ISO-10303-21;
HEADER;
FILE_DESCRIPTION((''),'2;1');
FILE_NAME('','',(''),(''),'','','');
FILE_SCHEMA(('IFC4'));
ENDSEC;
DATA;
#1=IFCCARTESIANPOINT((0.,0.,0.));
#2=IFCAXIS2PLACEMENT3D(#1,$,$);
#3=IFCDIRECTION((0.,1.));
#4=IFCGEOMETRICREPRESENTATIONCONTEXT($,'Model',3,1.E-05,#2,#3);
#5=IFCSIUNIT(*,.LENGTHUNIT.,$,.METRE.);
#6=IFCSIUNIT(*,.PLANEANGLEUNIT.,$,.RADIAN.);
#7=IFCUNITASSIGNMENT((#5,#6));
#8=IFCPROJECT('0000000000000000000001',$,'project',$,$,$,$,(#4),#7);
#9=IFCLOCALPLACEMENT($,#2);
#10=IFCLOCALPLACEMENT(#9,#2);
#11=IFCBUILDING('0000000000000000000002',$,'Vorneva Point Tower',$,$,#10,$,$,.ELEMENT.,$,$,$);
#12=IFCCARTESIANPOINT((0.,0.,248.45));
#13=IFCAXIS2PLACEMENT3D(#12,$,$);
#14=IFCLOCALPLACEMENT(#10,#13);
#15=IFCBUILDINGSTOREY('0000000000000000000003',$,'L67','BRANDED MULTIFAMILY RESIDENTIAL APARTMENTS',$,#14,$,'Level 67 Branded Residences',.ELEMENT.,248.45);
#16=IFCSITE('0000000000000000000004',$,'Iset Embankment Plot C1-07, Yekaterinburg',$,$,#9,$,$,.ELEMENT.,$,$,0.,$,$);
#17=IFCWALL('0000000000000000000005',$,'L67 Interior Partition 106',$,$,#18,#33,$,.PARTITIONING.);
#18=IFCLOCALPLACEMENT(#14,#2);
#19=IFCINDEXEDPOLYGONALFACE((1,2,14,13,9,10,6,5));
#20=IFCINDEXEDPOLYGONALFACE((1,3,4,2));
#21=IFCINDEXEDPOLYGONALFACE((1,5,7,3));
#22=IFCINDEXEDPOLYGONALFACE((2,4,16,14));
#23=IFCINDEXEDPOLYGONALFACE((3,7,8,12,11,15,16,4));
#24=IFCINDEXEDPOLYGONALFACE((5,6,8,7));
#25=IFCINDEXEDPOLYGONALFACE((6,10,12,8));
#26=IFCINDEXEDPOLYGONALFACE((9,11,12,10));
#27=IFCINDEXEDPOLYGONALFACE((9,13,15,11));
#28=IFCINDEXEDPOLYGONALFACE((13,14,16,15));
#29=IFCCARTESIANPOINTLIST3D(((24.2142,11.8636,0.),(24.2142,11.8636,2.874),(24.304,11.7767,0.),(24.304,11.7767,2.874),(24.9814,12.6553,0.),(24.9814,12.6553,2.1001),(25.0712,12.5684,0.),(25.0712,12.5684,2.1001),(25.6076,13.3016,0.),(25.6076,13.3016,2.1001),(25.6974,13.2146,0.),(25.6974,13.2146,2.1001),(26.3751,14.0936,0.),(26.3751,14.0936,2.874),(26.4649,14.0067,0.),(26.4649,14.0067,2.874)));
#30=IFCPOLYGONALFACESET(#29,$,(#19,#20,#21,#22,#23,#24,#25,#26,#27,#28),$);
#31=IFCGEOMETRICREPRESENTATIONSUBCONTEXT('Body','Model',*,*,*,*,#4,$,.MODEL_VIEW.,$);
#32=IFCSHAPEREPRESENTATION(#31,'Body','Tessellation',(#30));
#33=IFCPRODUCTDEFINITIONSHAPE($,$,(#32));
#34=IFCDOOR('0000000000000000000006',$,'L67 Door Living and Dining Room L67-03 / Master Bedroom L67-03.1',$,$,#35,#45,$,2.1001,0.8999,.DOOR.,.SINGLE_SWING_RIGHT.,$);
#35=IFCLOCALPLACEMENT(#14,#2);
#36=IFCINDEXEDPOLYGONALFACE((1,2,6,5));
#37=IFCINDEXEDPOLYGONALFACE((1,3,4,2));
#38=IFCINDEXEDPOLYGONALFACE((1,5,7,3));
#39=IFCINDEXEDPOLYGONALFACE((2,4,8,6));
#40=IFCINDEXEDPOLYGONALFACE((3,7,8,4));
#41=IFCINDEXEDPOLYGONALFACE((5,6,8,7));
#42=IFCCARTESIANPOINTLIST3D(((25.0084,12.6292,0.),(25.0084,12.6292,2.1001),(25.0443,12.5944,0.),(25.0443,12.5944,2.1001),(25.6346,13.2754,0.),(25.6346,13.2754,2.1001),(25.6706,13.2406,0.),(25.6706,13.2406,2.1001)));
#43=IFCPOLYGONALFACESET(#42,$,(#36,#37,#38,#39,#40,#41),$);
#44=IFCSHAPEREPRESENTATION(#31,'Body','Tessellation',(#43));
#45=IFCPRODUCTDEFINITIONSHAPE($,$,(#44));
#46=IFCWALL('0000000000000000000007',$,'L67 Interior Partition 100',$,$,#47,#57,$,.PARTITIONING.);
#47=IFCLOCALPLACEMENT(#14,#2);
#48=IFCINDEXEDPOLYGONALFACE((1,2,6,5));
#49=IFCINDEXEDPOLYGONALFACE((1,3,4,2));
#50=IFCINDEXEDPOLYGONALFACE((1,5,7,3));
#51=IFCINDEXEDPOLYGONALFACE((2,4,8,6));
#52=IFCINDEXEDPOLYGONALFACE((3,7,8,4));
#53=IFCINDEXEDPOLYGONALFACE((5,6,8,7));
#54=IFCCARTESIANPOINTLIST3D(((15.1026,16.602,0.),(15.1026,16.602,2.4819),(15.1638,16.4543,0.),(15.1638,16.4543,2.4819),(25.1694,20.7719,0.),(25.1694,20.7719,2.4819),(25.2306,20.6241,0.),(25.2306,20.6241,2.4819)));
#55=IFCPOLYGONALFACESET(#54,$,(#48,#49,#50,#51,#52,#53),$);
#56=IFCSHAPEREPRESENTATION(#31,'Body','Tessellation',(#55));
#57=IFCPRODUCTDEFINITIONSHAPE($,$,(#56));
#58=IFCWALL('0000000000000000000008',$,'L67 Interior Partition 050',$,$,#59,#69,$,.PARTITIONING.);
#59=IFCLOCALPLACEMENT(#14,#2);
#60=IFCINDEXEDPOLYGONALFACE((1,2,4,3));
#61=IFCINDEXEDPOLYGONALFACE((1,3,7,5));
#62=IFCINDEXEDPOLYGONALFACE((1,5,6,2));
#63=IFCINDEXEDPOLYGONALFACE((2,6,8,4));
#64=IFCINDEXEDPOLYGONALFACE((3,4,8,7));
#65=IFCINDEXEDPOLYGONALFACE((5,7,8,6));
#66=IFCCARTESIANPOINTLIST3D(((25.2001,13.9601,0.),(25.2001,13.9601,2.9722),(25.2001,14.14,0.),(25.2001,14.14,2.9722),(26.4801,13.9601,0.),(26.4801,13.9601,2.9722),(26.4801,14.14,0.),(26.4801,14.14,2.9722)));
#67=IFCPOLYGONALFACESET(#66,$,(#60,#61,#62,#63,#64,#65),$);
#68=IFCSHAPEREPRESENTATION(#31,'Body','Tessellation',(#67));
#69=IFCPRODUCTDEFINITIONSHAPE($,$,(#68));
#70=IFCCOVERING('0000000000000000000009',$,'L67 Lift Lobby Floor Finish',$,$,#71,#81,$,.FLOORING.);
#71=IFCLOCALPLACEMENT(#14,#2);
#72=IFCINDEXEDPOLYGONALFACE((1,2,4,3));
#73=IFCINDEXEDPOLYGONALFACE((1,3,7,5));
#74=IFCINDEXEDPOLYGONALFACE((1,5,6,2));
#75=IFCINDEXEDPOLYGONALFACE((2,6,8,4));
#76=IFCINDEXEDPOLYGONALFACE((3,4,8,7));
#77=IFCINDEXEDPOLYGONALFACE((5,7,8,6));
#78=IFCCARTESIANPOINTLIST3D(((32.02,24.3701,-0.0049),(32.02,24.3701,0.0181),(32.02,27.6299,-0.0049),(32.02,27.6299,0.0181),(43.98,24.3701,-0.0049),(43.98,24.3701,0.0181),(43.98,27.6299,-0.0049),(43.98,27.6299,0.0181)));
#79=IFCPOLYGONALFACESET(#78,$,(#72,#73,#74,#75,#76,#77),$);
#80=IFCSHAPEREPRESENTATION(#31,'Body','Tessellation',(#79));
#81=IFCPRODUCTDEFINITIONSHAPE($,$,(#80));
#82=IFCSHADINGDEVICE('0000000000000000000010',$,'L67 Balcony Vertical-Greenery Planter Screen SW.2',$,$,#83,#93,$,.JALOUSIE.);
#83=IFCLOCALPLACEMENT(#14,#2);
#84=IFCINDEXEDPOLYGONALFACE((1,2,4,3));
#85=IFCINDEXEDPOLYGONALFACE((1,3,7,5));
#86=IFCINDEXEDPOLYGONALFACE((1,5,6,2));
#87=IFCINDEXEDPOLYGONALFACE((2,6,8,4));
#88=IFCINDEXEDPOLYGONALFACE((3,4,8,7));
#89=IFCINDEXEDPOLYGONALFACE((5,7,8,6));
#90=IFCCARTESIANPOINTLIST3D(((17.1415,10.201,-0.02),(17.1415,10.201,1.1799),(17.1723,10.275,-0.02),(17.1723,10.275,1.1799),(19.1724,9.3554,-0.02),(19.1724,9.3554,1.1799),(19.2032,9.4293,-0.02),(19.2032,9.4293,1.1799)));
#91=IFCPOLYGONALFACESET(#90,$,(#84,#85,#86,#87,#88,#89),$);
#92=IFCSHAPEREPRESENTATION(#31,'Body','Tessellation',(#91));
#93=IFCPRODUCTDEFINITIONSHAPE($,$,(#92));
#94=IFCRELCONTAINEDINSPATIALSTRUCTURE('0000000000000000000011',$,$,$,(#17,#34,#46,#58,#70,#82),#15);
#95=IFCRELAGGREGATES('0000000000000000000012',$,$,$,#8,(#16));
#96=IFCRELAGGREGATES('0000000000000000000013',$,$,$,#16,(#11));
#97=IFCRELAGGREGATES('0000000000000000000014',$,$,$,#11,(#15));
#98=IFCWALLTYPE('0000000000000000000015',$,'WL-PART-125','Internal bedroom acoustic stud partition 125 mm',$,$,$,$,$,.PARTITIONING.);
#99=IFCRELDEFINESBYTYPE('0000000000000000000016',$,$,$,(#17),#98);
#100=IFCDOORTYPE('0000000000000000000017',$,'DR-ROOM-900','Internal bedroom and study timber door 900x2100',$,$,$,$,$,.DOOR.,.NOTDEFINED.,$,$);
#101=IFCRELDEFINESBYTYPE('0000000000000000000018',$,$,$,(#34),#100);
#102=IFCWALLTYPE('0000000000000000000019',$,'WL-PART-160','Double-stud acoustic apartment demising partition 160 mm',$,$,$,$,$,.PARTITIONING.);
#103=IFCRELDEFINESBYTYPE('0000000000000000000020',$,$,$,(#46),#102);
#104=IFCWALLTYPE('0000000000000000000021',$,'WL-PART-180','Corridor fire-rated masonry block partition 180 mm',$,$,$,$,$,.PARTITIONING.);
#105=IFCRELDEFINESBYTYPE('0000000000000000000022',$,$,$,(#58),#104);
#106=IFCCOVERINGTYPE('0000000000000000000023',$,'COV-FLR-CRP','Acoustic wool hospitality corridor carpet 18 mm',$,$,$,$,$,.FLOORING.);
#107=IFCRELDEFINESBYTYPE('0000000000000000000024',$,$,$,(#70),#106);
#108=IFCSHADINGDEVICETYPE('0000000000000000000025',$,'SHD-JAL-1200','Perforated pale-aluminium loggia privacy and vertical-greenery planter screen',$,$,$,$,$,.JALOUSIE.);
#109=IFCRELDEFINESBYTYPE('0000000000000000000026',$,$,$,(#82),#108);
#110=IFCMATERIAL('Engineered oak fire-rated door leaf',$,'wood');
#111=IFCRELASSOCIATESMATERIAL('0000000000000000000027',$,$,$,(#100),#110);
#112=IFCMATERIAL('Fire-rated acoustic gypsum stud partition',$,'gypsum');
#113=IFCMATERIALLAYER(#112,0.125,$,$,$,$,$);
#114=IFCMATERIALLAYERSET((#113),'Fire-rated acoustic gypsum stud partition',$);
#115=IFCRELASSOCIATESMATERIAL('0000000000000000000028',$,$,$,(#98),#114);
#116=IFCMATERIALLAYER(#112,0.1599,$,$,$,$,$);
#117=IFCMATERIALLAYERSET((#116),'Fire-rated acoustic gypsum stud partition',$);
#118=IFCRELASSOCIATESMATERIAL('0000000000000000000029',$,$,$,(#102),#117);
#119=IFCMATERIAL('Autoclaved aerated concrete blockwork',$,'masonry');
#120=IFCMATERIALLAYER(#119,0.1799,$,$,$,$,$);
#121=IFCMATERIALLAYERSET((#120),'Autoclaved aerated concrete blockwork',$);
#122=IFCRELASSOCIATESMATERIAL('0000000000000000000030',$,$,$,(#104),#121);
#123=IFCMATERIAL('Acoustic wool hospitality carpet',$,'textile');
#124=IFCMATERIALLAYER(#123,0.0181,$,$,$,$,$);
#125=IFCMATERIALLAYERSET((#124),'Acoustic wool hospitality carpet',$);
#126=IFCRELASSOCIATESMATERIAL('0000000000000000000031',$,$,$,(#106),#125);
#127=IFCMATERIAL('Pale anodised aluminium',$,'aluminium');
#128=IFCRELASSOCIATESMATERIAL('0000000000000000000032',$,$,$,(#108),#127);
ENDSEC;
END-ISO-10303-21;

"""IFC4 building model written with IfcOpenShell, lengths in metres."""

from ifc_helpers import new_model, si_unit, direction, frame, frame_2d, origin, origin_2d, place, context, subcontext, project, spatial, polyline, rectangle, outline, extrude, material, layer, layer_set, type_object, element, fill, save


model = new_model("IFC4")

# Units and contexts
model_context = context("Model", 3, precision=1e-05, world=origin(), true_north=direction((0.0, 1.0)))
body_context = subcontext(model_context, "Body", "Model", "MODEL_VIEW")
ifc_project = project(units=[si_unit("LENGTHUNIT", "METRE"), si_unit("PLANEANGLEUNIT", "RADIAN")], contexts=[model_context])

# Site, building, storey
site_placement = place(None, origin())
site = spatial("IfcSite", under=ifc_project, at=site_placement, Name="Iset Embankment Plot C1-07, Yekaterinburg", CompositionType="ELEMENT", RefElevation=0.0)
building_placement = place(site_placement, origin())
building = spatial("IfcBuilding", under=site, at=building_placement, Name="Vorneva Point Tower", CompositionType="ELEMENT")
storey_placement = place(building_placement, frame((0.0, 0.0, 248.45)))
storey = spatial("IfcBuildingStorey", under=building, at=storey_placement, Name="L67", Description="BRANDED MULTIFAMILY RESIDENTIAL APARTMENTS", LongName="Level 67 Branded Residences", CompositionType="ELEMENT", Elevation=248.45)

# Shared definitions
ifc_material_1 = material(Name="Pale anodised aluminium", Category="aluminium")

# Shared definitions
ifc_material_2 = material(Name="Fire-rated acoustic gypsum stud partition", Category="gypsum")

# Shared definitions
ifc_material_3 = material(Name="Engineered oak fire-rated door leaf", Category="wood")
door_type_1 = type_object("IfcDoorType", Name="DR-ROOM-900", Description="Internal bedroom and study timber door 900x2100", OperationType="NOTDEFINED", PredefinedType="DOOR", material=ifc_material_3)

# Wall, opening, door
ifc_layer_1 = layer(ifc_material_2, 0.125)
ifc_layer_set_1 = layer_set([ifc_layer_1], Name="Fire-rated acoustic gypsum stud partition")
wall_type_1 = type_object("IfcWallType", Name="WL-PART-125", Description="Internal bedroom acoustic stud partition 125 mm", PredefinedType="PARTITIONING", material=ifc_layer_set_1)
wall_1_placement = place(storey_placement, frame((24.259, 11.8201, 0.0), z_axis=(0.0, 0.0, 1.0), x_axis=(0.695894, 0.718144, 0.0)))
wall_1 = element("IfcWall", 1, at=wall_1_placement, inside=storey, type_object=wall_type_1, Name="L67 Interior Partition 106", PredefinedType="PARTITIONING", context=body_context, shape_type="SweptSolid", body=[
    extrude(rectangle(XDim=3.1052, YDim=0.125, at=frame_2d((1.5527, 0.0))), origin(), (0.0, 0.0, 1.0), 2.874),
])
opening_1_placement = place(wall_1_placement, frame((1.1025, 0.0, 0.0)))
opening_1 = element("IfcOpeningElement", 2, at=opening_1_placement, cuts=wall_1, PredefinedType="OPENING", context=body_context, shape_type="SweptSolid", body=[
    extrude(rectangle(XDim=0.8999, YDim=2.1001, at=frame_2d((0.45, 1.05))), frame((0.0, 0.0774, 0.0), z_axis=(0.0, -1.0, 0.0), x_axis=(1.0, 0.0, 0.0)), (0.0, 0.0, 1.0), 0.1548),
])
door_1_placement = place(opening_1_placement, origin())
door_1 = element("IfcDoor", 3, at=door_1_placement, inside=storey, type_object=door_type_1, Name="L67 Door Living and Dining Room L67-03 / Master Bedroom L67-03.1", OperationType="SINGLE_SWING_RIGHT", OverallHeight=2.1001, OverallWidth=0.8999, PredefinedType="DOOR", context=body_context, shape_type="SweptSolid", body=[
    extrude(rectangle(XDim=0.8999, YDim=2.1001, at=frame_2d((0.45, 1.05))), frame((0.0, 0.0249, 0.0), z_axis=(0.0, -1.0, 0.0), x_axis=(1.0, 0.0, 0.0)), (0.0, 0.0, 1.0), 0.05),
])
fill(opening_1, door_1)

# Walls
ifc_layer_2 = layer(ifc_material_2, 0.1599)
ifc_layer_set_2 = layer_set([ifc_layer_2], Name="Fire-rated acoustic gypsum stud partition")
wall_type_2 = type_object("IfcWallType", Name="WL-PART-160", Description="Double-stud acoustic apartment demising partition 160 mm", PredefinedType="PARTITIONING", material=ifc_layer_set_2)
wall_2_placement = place(storey_placement, frame((15.1331, 16.5281, 0.0), z_axis=(0.0, 0.0, 1.0), x_axis=(0.923877, 0.38269, 0.0)))
element("IfcWall", 4, at=wall_2_placement, inside=storey, type_object=wall_type_2, Name="L67 Interior Partition 100", PredefinedType="PARTITIONING", context=body_context, shape_type="SweptSolid", body=[
    extrude(rectangle(XDim=10.8962, YDim=0.1599, at=frame_2d((5.4482, 0.0))), origin(), (0.0, 0.0, 1.0), 2.4819),
])
ifc_material_4 = material(Name="Autoclaved aerated concrete blockwork", Category="masonry")
ifc_layer_3 = layer(ifc_material_4, 0.1799)
ifc_layer_set_3 = layer_set([ifc_layer_3], Name="Autoclaved aerated concrete blockwork")
wall_type_3 = type_object("IfcWallType", Name="WL-PART-180", Description="Corridor fire-rated masonry block partition 180 mm", PredefinedType="PARTITIONING", material=ifc_layer_set_3)
wall_3_placement = place(storey_placement, frame((25.2, 14.05, 0.0), z_axis=(0.0, 0.0, 1.0), x_axis=(1.0, 0.0, 0.0)))
element("IfcWall", 5, at=wall_3_placement, inside=storey, type_object=wall_type_3, Name="L67 Interior Partition 050", PredefinedType="PARTITIONING", context=body_context, shape_type="SweptSolid", body=[
    extrude(rectangle(XDim=1.28, YDim=0.1799, at=frame_2d((0.6401, 0.0))), origin(), (0.0, 0.0, 1.0), 2.9722),
])

# Covering
ifc_material_5 = material(Name="Acoustic wool hospitality carpet", Category="textile")
ifc_layer_4 = layer(ifc_material_5, 0.0181)
ifc_layer_set_4 = layer_set([ifc_layer_4], Name="Acoustic wool hospitality carpet")
covering_type = type_object("IfcCoveringType", Name="COV-FLR-CRP", Description="Acoustic wool hospitality corridor carpet 18 mm", PredefinedType="FLOORING", material=ifc_layer_set_4)
covering_placement = place(storey_placement, frame((0.0, 0.0, -0.0049)))
element("IfcCovering", 6, at=covering_placement, inside=storey, type_object=covering_type, Name="L67 Lift Lobby Floor Finish", PredefinedType="FLOORING", context=body_context, shape_type="SweptSolid", body=[
    extrude(outline(polyline([(32.02, 24.3701), (43.98, 24.3701), (43.98, 27.6299), (32.02, 27.6299), (32.02, 24.3701)])), origin(), (0.0, 0.0, 1.0), 0.0229),
])

# Shading device
shading_device_type = type_object("IfcShadingDeviceType", Name="SHD-JAL-1200", Description="Perforated pale-aluminium loggia privacy and vertical-greenery planter screen", PredefinedType="JALOUSIE", material=ifc_material_1)
shading_device_placement = place(storey_placement, frame((18.1724, 9.8152, -0.02), z_axis=(0.0, 0.0, 1.0), x_axis=(0.92317, -0.384392, 0.0)))
element("IfcShadingDevice", 7, at=shading_device_placement, inside=storey, type_object=shading_device_type, Name="L67 Balcony Vertical-Greenery Planter Screen SW.2", PredefinedType="JALOUSIE", context=body_context, shape_type="SweptSolid", body=[
    extrude(rectangle(XDim=2.2, YDim=0.0801, at=origin_2d()), origin(), (0.0, 0.0, 1.0), 1.2),
])

save(model, "model.ifc")
